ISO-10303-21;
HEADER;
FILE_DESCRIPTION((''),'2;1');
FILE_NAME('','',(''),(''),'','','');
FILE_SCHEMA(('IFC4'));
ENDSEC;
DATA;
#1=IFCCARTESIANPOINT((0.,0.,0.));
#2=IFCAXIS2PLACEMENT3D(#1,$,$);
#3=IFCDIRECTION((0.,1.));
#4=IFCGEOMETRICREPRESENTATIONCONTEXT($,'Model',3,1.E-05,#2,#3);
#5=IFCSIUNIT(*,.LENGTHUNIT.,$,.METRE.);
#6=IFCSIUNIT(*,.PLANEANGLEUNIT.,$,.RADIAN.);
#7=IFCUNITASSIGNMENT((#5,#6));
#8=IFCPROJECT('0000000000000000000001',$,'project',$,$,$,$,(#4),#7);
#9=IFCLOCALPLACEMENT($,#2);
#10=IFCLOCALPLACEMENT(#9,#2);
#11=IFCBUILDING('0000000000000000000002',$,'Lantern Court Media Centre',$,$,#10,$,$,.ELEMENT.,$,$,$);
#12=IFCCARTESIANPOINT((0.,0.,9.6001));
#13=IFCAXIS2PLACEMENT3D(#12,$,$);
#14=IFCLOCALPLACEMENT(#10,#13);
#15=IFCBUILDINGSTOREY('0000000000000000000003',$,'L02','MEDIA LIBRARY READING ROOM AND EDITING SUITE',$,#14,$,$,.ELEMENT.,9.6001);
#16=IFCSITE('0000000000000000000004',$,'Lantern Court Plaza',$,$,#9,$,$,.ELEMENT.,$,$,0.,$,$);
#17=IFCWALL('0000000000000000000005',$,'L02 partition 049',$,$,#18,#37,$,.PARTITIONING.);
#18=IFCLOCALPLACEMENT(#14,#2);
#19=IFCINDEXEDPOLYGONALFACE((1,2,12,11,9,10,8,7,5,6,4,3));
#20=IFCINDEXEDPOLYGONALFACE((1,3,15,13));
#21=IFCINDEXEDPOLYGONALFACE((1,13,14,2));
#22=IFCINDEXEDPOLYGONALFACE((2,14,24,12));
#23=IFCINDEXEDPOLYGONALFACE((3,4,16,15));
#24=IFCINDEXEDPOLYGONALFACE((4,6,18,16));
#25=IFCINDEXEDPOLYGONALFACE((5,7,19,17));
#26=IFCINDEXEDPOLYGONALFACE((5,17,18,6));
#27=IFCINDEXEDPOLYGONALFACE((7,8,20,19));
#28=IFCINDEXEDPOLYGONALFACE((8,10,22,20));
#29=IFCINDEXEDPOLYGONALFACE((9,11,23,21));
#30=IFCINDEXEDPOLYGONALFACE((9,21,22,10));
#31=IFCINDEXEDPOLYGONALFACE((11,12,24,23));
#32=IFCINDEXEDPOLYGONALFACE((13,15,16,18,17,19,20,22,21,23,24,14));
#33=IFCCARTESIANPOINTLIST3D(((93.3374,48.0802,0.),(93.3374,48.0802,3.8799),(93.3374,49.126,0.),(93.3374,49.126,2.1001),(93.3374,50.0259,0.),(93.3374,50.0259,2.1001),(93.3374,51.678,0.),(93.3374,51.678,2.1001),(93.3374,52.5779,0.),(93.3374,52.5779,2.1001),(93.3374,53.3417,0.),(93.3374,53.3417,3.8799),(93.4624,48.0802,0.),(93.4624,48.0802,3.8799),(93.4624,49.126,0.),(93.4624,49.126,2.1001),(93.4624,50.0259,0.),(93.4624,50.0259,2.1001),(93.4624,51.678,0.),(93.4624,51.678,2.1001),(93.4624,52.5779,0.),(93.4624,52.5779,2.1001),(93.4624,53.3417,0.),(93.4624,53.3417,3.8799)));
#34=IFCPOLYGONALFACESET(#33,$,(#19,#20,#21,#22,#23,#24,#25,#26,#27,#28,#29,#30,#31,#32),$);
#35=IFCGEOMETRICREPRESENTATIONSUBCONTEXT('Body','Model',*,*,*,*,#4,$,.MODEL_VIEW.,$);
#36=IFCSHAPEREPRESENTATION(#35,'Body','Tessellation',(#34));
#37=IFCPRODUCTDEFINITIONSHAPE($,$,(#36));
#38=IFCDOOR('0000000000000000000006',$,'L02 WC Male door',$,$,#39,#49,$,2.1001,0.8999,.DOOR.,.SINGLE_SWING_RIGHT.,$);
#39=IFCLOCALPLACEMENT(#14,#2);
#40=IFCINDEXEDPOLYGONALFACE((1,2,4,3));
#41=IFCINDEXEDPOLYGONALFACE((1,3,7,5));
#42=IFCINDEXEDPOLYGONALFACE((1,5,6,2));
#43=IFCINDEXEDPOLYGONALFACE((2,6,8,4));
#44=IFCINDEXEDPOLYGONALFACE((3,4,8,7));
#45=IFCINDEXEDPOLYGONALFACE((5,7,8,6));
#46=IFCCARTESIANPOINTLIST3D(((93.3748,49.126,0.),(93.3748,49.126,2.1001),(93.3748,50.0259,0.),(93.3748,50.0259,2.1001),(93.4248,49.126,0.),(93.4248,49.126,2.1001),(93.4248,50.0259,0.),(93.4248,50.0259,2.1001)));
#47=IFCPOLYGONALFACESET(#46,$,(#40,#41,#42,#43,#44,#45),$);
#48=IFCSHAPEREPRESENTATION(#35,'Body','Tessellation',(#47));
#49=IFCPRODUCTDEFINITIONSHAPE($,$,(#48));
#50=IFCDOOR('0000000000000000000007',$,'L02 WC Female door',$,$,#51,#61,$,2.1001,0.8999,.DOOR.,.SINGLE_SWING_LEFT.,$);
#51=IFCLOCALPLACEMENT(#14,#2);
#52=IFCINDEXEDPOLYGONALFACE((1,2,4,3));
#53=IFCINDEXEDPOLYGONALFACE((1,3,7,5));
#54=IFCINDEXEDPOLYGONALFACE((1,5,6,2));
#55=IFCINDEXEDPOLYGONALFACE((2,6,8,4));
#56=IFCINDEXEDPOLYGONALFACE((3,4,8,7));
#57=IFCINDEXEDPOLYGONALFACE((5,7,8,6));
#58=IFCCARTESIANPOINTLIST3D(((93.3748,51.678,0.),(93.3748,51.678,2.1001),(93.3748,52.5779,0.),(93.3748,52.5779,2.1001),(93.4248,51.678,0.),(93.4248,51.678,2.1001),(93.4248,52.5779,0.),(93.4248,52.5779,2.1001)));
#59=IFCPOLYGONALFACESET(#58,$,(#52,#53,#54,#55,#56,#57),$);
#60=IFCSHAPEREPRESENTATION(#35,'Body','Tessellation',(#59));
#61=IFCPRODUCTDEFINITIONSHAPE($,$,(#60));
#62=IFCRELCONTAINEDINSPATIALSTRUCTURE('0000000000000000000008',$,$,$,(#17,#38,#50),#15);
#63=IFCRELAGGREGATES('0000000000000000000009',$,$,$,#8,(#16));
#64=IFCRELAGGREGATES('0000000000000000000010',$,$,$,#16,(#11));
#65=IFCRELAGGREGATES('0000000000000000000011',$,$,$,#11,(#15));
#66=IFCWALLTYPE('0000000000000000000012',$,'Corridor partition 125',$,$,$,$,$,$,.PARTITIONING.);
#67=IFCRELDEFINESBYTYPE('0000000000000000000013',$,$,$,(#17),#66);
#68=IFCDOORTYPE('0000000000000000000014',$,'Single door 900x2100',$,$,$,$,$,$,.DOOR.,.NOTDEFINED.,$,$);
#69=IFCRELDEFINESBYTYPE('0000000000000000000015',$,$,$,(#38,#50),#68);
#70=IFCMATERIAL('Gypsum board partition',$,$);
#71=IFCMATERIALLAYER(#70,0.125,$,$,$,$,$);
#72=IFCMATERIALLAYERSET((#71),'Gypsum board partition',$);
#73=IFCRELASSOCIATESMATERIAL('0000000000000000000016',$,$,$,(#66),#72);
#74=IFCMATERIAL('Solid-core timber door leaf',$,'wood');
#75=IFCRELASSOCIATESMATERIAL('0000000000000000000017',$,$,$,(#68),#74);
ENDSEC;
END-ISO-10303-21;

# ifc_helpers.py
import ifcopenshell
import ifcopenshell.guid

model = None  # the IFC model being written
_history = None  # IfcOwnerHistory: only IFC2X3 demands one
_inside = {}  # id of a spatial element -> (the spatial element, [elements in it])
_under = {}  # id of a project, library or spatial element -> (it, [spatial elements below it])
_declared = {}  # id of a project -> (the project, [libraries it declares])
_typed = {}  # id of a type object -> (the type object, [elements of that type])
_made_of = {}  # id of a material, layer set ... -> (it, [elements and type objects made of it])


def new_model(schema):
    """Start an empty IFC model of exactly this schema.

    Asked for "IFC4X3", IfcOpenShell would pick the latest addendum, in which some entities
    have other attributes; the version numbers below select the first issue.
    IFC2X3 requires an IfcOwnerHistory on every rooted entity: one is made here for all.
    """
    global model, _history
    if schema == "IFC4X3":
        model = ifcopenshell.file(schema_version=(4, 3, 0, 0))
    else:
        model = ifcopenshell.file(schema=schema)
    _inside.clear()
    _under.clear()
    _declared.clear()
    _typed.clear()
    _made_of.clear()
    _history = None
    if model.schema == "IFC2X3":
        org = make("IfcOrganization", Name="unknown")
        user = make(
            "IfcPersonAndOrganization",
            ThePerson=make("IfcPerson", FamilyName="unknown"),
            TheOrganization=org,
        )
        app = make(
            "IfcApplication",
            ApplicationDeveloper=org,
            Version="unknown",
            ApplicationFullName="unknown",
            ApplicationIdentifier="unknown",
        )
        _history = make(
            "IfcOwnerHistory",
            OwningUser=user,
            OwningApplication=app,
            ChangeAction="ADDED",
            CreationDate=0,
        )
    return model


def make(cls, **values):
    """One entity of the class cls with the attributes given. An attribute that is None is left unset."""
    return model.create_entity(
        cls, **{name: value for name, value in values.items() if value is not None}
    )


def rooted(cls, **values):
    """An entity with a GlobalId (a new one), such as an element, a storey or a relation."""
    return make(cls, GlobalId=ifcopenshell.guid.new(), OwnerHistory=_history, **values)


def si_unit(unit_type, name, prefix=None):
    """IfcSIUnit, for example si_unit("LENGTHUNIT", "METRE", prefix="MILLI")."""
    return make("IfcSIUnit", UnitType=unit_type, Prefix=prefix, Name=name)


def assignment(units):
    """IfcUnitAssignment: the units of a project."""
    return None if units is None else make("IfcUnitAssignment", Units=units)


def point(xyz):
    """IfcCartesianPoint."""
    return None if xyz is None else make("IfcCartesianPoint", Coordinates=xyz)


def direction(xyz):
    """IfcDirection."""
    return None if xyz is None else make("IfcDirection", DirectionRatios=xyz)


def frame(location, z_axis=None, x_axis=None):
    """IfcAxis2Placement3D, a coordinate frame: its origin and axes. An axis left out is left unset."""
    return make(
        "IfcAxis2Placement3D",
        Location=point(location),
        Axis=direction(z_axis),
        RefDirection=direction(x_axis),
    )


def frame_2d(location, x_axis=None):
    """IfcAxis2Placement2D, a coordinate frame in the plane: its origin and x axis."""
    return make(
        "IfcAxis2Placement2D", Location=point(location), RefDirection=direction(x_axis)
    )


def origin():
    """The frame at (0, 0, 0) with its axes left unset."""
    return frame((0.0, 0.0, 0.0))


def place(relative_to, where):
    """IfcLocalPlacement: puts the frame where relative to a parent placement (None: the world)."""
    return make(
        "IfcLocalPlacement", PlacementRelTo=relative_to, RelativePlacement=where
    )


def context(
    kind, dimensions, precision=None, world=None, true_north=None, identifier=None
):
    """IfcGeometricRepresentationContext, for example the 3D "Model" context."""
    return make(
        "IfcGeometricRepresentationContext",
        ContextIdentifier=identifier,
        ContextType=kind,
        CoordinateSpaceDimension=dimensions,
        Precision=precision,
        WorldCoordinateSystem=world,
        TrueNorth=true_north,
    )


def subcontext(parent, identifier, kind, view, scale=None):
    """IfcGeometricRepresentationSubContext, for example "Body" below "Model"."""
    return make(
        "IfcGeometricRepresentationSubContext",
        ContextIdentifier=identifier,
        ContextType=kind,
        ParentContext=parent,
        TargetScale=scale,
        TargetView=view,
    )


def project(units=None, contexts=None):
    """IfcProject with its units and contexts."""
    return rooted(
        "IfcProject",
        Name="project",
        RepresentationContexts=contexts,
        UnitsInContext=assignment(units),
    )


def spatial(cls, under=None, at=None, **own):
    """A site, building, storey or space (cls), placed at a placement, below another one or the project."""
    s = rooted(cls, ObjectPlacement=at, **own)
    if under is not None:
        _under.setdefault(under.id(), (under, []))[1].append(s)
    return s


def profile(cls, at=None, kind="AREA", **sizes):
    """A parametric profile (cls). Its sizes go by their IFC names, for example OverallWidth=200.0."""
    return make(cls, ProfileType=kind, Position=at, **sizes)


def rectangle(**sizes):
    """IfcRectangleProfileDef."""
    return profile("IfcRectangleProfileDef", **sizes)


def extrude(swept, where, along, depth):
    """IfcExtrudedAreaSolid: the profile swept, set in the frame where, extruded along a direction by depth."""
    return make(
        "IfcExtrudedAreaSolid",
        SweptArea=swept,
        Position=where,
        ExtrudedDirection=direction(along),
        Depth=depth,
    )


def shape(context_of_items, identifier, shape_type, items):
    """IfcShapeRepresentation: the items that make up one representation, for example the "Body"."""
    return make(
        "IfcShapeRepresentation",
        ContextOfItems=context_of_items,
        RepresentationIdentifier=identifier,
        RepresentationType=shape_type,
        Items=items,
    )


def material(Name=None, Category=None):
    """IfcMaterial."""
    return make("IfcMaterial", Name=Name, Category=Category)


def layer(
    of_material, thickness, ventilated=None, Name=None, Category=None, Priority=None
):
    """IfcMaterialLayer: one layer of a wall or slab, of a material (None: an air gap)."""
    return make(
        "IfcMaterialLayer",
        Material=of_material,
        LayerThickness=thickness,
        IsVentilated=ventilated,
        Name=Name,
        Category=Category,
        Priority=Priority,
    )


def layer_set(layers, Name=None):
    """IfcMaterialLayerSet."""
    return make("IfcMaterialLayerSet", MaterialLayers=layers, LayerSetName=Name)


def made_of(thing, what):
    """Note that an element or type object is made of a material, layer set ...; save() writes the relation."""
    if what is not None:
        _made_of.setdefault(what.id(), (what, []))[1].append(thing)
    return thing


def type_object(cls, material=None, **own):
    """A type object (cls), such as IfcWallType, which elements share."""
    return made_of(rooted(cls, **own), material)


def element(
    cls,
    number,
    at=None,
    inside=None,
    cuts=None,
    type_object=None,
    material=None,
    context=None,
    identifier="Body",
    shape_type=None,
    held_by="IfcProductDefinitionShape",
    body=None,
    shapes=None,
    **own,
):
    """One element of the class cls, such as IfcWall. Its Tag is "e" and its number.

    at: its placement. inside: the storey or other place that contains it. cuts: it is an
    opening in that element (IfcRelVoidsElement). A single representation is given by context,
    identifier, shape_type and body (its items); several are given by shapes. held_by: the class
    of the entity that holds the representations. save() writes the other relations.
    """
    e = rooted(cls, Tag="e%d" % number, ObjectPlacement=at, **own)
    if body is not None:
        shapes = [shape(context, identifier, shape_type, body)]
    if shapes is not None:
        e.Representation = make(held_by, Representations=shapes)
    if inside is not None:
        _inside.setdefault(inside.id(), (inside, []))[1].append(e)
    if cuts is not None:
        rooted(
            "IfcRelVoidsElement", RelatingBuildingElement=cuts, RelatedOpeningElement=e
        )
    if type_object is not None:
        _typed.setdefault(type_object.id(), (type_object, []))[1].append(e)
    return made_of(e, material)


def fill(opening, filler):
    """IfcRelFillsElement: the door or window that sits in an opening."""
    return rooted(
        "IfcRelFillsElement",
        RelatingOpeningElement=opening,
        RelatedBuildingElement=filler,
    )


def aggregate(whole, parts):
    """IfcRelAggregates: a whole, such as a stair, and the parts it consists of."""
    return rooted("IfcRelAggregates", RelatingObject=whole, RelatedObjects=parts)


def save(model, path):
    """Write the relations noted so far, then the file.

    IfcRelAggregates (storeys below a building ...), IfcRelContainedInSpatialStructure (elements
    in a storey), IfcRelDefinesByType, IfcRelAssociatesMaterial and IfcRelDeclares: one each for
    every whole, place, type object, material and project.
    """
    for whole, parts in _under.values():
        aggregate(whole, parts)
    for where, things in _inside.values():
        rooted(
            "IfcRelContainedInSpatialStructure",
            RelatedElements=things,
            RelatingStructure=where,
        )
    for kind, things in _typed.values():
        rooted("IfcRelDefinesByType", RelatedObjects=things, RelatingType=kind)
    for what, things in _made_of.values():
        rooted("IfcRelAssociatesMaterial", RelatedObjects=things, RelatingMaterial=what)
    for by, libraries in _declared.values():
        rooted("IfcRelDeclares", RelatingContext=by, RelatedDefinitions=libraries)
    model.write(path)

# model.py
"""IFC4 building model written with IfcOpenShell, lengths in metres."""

from ifc_helpers import new_model, si_unit, direction, frame, frame_2d, origin, place, context, subcontext, project, spatial, rectangle, extrude, material, layer, layer_set, type_object, element, fill, save


model = new_model("IFC4")

# Units and contexts
model_context = context("Model", 3, precision=1e-05, world=origin(), true_north=direction((0.0, 1.0)))
body_context = subcontext(model_context, "Body", "Model", "MODEL_VIEW")
ifc_project = project(units=[si_unit("LENGTHUNIT", "METRE"), si_unit("PLANEANGLEUNIT", "RADIAN")], contexts=[model_context])

# Site, building, storey
site_placement = place(None, origin())
site = spatial("IfcSite", under=ifc_project, at=site_placement, Name="Lantern Court Plaza", CompositionType="ELEMENT", RefElevation=0.0)
building_placement = place(site_placement, origin())
building = spatial("IfcBuilding", under=site, at=building_placement, Name="Lantern Court Media Centre", CompositionType="ELEMENT")
storey_placement = place(building_placement, frame((0.0, 0.0, 9.6001)))
storey = spatial("IfcBuildingStorey", under=building, at=storey_placement, Name="L02", Description="MEDIA LIBRARY READING ROOM AND EDITING SUITE", CompositionType="ELEMENT", Elevation=9.6001)

# Wall, openings, doors
ifc_material_1 = material(Name="Gypsum board partition")
ifc_layer_1 = layer(ifc_material_1, 0.125)
ifc_layer_set_1 = layer_set([ifc_layer_1], Name="Gypsum board partition")
wall_type_1 = type_object("IfcWallType", Name="Corridor partition 125", PredefinedType="PARTITIONING", material=ifc_layer_set_1)
wall_1_placement = place(storey_placement, frame((93.3999, 48.0801, 0.0), z_axis=(0.0, 0.0, 1.0), x_axis=(0.0, 1.0, 0.0)))
wall_1 = element("IfcWall", 1, at=wall_1_placement, inside=storey, type_object=wall_type_1, Name="L02 partition 049", PredefinedType="PARTITIONING", context=body_context, shape_type="SweptSolid", body=[
    extrude(rectangle(XDim=5.2615, YDim=0.125, at=frame_2d((2.6309, 0.0))), origin(), (0.0, 0.0, 1.0), 3.8799),
])
opening_1_placement = place(wall_1_placement, frame((1.0459, 0.0, 0.0)))
opening_1 = element("IfcOpeningElement", 2, at=opening_1_placement, cuts=wall_1, PredefinedType="OPENING", context=body_context, shape_type="SweptSolid", body=[
    extrude(rectangle(XDim=0.8999, YDim=2.1001, at=frame_2d((0.45, 1.05))), frame((0.0, 0.0725, 0.0), z_axis=(0.0, -1.0, 0.0), x_axis=(1.0, 0.0, 0.0)), (0.0, 0.0, 1.0), 0.145),
])
opening_2_placement = place(wall_1_placement, frame((3.5979, 0.0, 0.0)))
opening_2 = element("IfcOpeningElement", 3, at=opening_2_placement, cuts=wall_1, PredefinedType="OPENING", context=body_context, shape_type="SweptSolid", body=[
    extrude(rectangle(XDim=0.8999, YDim=2.1001, at=frame_2d((0.45, 1.05))), frame((0.0, 0.0725, 0.0), z_axis=(0.0, -1.0, 0.0), x_axis=(1.0, 0.0, 0.0)), (0.0, 0.0, 1.0), 0.145),
])
ifc_material_2 = material(Name="Solid-core timber door leaf", Category="wood")
door_type = type_object("IfcDoorType", Name="Single door 900x2100", OperationType="NOTDEFINED", PredefinedType="DOOR", material=ifc_material_2)
door_1_placement = place(opening_1_placement, frame((0.8999, 0.0, 0.0), z_axis=(0.0, 0.0, 1.0), x_axis=(-1.0, 0.0, 0.0)))
door_1 = element("IfcDoor", 4, at=door_1_placement, inside=storey, type_object=door_type, Name="L02 WC Male door", OperationType="SINGLE_SWING_RIGHT", OverallHeight=2.1001, OverallWidth=0.8999, PredefinedType="DOOR", context=body_context, shape_type="SweptSolid", body=[
    extrude(rectangle(XDim=0.8999, YDim=2.1001, at=frame_2d((0.45, 1.05))), frame((0.0, 0.0249, 0.0), z_axis=(0.0, -1.0, 0.0), x_axis=(1.0, 0.0, 0.0)), (0.0, 0.0, 1.0), 0.05),
])
fill(opening_1, door_1)
door_2_placement = place(opening_2_placement, frame((0.8999, 0.0, 0.0), z_axis=(0.0, 0.0, 1.0), x_axis=(-1.0, 0.0, 0.0)))
door_2 = element("IfcDoor", 5, at=door_2_placement, inside=storey, type_object=door_type, Name="L02 WC Female door", OperationType="SINGLE_SWING_LEFT", OverallHeight=2.1001, OverallWidth=0.8999, PredefinedType="DOOR", context=body_context, shape_type="SweptSolid", body=[
    extrude(rectangle(XDim=0.8999, YDim=2.1001, at=frame_2d((0.45, 1.05))), frame((0.0, 0.0249, 0.0), z_axis=(0.0, -1.0, 0.0), x_axis=(1.0, 0.0, 0.0)), (0.0, 0.0, 1.0), 0.05),
])
fill(opening_2, door_2)

save(model, "model.ifc")
